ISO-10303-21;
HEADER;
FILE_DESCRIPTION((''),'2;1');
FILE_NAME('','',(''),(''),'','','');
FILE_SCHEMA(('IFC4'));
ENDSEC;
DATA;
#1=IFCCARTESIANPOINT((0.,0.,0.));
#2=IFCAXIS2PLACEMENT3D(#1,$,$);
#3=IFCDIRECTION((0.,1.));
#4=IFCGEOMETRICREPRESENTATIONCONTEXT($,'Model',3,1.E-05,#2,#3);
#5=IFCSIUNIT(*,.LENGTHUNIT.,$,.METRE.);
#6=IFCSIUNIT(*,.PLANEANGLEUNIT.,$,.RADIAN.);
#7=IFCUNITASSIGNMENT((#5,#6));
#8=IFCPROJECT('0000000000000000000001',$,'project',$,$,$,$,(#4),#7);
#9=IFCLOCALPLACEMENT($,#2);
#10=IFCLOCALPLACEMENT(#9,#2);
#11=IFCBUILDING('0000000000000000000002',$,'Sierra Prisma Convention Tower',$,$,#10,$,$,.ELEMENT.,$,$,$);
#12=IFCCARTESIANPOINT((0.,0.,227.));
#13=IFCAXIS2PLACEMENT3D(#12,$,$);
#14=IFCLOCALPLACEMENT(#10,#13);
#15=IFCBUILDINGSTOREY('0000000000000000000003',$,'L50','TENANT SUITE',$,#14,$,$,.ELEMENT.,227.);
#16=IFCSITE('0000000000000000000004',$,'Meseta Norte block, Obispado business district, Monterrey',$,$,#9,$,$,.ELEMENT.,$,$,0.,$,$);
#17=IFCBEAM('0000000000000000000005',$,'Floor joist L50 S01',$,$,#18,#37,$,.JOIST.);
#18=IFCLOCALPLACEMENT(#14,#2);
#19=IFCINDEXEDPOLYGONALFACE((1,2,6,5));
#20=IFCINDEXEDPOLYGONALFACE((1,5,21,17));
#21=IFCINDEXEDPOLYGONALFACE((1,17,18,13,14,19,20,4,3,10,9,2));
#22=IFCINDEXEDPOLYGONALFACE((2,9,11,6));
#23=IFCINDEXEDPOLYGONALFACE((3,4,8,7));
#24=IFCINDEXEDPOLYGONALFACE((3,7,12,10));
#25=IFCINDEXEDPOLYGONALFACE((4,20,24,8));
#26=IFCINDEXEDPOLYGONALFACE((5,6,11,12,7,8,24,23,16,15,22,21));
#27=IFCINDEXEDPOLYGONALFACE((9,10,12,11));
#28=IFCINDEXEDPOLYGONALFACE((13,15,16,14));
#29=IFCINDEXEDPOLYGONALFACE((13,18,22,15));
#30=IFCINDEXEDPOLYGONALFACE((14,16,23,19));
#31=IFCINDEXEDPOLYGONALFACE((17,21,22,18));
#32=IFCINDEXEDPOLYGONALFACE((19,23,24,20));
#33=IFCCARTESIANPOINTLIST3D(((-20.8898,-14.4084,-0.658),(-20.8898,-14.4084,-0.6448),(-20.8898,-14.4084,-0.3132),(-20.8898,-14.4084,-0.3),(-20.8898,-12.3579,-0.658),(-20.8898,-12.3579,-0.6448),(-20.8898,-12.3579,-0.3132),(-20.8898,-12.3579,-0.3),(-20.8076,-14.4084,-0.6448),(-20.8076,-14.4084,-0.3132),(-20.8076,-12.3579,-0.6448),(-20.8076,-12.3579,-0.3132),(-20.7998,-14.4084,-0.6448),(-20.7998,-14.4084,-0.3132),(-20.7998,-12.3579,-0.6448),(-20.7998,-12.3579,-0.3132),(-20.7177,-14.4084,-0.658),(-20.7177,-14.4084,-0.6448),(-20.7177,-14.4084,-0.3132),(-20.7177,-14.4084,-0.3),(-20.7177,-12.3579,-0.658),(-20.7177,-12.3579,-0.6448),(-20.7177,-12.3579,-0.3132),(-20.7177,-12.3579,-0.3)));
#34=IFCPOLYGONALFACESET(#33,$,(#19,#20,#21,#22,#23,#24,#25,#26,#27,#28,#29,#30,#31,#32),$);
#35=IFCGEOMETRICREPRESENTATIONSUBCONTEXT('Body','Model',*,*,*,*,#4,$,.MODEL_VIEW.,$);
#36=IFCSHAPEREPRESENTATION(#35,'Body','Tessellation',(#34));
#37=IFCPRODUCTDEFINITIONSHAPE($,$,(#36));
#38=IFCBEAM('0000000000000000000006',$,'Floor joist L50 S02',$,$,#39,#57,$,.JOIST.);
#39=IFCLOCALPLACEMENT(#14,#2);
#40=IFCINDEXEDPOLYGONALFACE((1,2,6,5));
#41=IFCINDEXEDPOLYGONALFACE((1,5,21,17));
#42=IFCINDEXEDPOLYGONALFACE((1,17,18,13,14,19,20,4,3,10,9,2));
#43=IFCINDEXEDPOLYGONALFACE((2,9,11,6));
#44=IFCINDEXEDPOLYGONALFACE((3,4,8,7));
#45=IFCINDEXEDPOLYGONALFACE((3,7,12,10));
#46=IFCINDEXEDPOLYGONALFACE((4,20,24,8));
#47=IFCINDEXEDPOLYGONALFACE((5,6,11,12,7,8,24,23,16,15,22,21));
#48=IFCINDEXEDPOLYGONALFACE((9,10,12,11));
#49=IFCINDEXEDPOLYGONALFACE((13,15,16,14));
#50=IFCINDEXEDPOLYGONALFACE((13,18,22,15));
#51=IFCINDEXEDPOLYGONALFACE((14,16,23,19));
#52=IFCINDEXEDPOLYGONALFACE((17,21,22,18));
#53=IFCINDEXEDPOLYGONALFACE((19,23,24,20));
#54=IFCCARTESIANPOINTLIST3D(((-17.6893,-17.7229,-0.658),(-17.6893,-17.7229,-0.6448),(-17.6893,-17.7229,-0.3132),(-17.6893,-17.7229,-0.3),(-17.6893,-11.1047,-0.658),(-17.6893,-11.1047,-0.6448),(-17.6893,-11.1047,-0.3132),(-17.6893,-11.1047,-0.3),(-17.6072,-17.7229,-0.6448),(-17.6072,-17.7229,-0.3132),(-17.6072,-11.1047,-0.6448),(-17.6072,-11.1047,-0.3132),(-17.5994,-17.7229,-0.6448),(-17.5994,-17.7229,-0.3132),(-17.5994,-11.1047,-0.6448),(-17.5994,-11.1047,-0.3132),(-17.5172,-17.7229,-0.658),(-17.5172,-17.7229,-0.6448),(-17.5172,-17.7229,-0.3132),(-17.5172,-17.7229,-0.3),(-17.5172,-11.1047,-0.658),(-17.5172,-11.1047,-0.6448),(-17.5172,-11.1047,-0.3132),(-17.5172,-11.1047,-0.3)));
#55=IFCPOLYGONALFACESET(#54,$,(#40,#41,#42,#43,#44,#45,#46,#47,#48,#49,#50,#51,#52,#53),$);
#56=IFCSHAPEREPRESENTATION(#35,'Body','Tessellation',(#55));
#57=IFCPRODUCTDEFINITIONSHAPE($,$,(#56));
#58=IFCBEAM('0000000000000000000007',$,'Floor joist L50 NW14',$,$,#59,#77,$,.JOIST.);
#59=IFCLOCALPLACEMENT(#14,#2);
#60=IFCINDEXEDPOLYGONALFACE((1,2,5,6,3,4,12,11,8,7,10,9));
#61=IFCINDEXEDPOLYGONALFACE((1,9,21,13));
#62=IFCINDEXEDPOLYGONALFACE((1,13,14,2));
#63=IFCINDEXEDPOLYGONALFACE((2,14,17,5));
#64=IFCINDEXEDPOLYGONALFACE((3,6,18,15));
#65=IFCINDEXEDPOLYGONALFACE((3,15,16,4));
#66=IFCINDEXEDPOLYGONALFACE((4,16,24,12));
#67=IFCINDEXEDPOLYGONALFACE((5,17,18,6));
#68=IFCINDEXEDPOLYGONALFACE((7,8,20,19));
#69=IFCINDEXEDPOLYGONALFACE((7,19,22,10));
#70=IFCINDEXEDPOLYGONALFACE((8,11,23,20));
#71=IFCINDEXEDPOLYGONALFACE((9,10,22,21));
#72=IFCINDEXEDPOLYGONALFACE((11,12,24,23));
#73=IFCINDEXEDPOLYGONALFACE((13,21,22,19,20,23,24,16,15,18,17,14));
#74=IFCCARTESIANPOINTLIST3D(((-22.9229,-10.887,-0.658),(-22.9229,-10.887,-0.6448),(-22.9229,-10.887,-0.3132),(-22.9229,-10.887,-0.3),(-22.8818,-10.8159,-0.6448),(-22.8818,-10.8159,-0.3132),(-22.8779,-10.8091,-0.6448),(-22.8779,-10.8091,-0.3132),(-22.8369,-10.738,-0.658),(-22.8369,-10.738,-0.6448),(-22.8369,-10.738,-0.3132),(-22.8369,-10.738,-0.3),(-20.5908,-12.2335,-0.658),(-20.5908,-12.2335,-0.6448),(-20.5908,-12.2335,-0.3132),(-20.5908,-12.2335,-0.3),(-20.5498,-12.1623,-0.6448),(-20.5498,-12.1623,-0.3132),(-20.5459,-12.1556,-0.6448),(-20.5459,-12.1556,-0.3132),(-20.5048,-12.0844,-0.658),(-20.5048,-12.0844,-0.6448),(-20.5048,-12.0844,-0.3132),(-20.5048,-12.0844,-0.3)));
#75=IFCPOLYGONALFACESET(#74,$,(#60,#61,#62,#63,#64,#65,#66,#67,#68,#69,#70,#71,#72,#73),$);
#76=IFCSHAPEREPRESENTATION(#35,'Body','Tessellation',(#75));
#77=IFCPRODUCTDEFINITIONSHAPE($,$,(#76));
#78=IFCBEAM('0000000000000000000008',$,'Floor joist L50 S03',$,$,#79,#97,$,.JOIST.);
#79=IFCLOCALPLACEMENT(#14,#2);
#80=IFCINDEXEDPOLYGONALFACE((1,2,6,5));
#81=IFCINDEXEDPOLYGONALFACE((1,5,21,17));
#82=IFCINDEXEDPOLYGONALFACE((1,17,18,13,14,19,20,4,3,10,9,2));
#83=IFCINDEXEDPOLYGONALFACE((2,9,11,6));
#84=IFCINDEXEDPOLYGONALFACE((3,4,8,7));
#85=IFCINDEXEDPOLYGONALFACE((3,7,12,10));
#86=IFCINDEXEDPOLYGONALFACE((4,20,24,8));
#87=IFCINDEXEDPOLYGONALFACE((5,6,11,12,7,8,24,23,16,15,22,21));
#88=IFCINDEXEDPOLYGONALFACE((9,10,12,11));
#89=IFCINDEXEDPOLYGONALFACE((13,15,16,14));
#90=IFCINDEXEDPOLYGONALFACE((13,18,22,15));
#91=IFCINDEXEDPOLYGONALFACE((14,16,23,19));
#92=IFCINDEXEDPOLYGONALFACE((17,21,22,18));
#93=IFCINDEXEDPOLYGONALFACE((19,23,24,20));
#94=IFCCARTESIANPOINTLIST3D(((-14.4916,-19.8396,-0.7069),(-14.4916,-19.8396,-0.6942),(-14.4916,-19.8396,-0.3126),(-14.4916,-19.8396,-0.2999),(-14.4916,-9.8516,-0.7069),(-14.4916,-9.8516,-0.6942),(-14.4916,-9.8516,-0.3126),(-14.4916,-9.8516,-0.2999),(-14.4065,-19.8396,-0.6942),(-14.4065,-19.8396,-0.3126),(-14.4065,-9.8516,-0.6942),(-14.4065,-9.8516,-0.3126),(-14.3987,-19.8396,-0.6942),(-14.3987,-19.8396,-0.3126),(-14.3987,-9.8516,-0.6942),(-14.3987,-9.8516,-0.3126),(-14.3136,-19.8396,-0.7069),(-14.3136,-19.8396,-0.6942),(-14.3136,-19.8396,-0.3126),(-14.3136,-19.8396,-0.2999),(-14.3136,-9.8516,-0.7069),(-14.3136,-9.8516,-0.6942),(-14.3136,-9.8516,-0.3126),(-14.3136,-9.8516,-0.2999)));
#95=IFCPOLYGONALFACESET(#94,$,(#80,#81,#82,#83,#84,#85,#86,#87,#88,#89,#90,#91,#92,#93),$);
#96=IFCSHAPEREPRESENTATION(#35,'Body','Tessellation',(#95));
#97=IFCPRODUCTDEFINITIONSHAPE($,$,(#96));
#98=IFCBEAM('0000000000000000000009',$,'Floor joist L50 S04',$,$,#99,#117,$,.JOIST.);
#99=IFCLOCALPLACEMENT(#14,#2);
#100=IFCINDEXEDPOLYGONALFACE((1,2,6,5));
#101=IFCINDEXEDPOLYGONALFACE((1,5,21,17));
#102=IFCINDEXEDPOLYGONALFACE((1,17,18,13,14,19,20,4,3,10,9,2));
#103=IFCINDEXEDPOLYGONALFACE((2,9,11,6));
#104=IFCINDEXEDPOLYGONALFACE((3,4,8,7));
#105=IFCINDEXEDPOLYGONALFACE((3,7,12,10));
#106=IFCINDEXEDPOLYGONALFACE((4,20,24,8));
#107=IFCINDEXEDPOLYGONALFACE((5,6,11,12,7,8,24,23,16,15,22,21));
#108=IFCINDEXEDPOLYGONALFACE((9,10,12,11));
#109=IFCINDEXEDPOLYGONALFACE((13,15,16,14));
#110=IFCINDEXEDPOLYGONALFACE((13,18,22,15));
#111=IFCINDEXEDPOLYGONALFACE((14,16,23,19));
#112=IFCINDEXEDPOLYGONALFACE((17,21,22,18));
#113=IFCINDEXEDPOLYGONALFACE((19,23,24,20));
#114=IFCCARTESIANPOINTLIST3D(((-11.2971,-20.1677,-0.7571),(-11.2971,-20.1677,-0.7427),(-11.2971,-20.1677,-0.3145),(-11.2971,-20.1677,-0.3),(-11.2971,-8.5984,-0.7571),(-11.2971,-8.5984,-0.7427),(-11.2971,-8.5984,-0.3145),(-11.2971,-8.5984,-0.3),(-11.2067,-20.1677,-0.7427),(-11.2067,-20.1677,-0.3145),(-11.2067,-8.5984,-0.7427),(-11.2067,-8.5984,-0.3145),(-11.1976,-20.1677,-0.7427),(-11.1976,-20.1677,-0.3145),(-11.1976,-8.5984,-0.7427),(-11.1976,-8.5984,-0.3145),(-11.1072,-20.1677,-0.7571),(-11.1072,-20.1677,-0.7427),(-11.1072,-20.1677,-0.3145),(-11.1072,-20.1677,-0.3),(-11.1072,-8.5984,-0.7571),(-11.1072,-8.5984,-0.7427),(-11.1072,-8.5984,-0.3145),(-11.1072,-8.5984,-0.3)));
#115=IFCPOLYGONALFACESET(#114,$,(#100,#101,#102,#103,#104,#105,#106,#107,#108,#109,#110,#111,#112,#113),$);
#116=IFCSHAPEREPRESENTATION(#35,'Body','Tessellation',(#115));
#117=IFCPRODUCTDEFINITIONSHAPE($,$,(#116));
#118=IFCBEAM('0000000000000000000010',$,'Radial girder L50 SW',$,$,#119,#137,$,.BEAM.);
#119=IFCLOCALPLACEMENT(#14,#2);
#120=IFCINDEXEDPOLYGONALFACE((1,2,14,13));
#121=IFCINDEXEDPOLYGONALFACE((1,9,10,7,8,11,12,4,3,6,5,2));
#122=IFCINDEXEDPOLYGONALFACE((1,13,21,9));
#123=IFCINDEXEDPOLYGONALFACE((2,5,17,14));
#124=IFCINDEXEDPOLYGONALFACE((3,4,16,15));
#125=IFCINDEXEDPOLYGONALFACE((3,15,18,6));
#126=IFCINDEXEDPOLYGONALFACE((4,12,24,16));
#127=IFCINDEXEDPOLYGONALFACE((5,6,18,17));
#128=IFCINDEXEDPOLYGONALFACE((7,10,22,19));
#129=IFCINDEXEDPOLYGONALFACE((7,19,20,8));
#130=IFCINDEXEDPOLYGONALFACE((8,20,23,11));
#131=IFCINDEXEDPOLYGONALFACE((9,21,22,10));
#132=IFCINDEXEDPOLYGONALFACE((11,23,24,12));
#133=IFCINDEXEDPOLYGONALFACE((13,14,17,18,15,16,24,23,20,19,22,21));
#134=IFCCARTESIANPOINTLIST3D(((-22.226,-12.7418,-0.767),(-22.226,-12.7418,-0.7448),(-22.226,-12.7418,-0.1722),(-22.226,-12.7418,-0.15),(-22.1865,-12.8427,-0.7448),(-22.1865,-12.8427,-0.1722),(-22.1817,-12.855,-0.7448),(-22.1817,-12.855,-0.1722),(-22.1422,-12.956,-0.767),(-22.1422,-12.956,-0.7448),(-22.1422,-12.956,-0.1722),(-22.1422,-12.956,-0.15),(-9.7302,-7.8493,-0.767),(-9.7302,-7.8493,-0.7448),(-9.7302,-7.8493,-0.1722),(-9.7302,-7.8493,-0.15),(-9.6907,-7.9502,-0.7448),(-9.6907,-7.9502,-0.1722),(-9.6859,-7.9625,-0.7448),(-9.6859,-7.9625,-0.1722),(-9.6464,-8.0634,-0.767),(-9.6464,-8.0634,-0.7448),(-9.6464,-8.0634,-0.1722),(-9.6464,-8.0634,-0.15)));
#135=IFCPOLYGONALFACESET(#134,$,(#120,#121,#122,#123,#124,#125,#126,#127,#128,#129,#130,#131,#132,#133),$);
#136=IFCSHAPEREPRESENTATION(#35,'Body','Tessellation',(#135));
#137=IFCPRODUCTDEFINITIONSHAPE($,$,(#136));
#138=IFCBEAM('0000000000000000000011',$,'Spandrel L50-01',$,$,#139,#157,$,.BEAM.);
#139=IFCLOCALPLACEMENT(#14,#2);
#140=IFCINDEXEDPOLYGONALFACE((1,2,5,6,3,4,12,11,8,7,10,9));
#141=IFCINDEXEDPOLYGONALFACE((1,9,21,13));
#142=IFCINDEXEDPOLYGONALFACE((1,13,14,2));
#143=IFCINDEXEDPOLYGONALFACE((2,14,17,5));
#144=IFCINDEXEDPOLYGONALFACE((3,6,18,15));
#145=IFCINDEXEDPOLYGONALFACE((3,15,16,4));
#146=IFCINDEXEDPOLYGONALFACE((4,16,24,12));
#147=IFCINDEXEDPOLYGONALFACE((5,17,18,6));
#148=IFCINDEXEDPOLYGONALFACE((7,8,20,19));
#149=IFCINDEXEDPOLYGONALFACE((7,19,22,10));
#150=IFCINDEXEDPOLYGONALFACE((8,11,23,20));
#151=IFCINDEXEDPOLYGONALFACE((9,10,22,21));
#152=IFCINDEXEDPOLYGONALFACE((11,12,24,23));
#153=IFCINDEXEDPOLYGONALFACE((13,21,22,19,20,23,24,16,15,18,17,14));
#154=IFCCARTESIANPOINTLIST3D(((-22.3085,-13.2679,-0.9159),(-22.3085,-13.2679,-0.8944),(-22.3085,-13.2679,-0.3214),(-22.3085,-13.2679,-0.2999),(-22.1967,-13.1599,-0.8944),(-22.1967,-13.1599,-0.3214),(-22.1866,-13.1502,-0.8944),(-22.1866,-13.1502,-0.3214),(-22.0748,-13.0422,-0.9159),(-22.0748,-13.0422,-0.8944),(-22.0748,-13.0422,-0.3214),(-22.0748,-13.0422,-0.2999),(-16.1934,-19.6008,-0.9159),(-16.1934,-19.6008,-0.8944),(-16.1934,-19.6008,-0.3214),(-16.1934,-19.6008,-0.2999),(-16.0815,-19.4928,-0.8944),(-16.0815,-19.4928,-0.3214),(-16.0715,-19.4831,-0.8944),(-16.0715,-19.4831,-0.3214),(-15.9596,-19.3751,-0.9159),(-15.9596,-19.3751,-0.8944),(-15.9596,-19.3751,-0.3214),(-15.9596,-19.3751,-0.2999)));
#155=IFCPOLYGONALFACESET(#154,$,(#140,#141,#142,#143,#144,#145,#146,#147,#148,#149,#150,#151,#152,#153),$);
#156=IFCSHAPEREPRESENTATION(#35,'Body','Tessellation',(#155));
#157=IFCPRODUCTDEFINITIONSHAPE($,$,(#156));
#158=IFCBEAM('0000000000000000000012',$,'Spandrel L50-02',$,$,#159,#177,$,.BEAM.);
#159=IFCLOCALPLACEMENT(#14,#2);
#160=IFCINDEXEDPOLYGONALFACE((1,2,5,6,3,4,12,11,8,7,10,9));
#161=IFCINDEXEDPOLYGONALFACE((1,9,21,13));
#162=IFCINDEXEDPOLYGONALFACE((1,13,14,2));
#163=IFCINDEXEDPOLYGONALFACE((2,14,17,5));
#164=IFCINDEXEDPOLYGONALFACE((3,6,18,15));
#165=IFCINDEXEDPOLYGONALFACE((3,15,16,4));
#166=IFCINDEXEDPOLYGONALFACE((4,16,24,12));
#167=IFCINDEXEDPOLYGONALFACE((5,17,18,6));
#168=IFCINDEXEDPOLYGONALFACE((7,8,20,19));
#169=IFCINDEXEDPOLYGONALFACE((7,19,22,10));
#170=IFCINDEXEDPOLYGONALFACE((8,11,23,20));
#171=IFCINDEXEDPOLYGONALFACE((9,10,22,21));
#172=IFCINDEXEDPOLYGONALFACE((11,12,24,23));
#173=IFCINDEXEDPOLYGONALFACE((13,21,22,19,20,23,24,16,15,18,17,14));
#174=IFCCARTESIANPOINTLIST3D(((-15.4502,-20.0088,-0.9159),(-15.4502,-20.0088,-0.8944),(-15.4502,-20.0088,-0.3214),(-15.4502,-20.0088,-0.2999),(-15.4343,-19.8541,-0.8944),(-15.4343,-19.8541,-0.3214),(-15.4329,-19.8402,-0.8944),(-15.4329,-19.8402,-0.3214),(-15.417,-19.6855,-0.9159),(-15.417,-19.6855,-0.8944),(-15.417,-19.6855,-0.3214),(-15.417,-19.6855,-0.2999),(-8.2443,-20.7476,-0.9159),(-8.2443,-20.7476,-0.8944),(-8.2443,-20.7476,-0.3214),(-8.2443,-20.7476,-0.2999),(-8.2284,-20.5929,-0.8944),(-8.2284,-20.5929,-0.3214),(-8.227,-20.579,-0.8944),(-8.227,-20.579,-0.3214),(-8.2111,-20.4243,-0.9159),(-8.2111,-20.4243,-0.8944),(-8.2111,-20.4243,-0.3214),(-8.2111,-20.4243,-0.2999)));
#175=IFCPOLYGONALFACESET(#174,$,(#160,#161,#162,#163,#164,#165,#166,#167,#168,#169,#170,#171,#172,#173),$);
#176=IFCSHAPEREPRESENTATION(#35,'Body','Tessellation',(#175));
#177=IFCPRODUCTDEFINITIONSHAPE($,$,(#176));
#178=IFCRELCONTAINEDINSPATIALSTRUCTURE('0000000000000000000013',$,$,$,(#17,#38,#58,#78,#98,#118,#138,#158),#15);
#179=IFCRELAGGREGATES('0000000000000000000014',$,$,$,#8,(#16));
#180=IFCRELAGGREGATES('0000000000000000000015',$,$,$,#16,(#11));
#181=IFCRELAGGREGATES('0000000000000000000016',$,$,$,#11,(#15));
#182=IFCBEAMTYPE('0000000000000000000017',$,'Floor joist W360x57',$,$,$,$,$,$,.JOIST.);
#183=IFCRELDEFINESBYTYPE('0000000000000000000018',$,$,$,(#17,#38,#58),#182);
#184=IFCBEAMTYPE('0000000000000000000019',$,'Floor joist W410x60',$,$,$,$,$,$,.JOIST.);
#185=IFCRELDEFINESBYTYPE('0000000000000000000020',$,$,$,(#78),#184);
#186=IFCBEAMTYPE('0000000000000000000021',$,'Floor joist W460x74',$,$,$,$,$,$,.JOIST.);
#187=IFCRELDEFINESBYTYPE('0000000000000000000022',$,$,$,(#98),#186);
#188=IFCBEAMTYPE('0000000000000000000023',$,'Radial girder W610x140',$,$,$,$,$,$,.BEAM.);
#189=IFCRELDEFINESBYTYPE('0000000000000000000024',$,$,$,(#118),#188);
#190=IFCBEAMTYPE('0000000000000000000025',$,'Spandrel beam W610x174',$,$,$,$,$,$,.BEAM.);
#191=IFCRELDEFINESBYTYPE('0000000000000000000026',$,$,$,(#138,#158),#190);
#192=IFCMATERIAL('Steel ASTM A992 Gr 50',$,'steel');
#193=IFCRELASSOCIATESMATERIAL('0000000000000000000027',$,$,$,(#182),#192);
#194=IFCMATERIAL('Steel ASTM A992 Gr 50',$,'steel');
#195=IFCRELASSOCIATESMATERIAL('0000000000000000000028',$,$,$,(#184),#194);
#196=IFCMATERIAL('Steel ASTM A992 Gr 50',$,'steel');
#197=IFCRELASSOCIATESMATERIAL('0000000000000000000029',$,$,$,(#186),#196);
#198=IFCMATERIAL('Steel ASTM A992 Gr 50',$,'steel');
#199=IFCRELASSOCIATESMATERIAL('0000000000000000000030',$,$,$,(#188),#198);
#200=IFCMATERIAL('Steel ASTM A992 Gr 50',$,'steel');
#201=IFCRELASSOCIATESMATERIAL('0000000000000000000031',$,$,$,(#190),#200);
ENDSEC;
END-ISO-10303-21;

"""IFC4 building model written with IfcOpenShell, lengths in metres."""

from ifc_helpers import new_model, si_unit, direction, frame, origin, origin_2d, place, context, subcontext, project, spatial, i_section, extrude, material, material_profile, profile_set, type_object, element, save


model = new_model("IFC4")

# Units and contexts
model_context = context("Model", 3, precision=1e-05, world=origin(), true_north=direction((0.0, 1.0)))
body_context = subcontext(model_context, "Body", "Model", "MODEL_VIEW")
ifc_project = project(units=[si_unit("LENGTHUNIT", "METRE"), si_unit("PLANEANGLEUNIT", "RADIAN")], contexts=[model_context])

# Site, building, storey
site_placement = place(None, origin())
site = spatial("IfcSite", under=ifc_project, at=site_placement, Name="Meseta Norte block, Obispado business district, Monterrey", CompositionType="ELEMENT", RefElevation=0.0)
building_placement = place(site_placement, origin())
building = spatial("IfcBuilding", under=site, at=building_placement, Name="Sierra Prisma Convention Tower", CompositionType="ELEMENT")
storey_placement = place(building_placement, frame((0.0, 0.0, 227.0)))
storey = spatial("IfcBuildingStorey", under=building, at=storey_placement, Name="L50", Description="TENANT SUITE", CompositionType="ELEMENT", Elevation=227.0)

# Beams
ifc_material_1 = material(Name="Steel ASTM A992 Gr 50", Category="steel")
ifc_material_profile_1 = material_profile(ifc_material_1, i_section(OverallWidth=0.1721, OverallDepth=0.3579, WebThickness=0.0078, FlangeThickness=0.0132, at=origin_2d()), Name="W360x57")
ifc_profile_set_1 = profile_set([ifc_material_profile_1], Name="Steel ASTM A992 Gr 50")
beam_type_1 = type_object("IfcBeamType", Name="Floor joist W360x57", PredefinedType="JOIST", material=ifc_profile_set_1)
beam_1_placement = place(storey_placement, frame((-20.8037, -14.4084, -0.479), z_axis=(0.0, 1.0, 0.0), x_axis=(-1.0, 0.0, 0.0)))
element("IfcBeam", 1, at=beam_1_placement, inside=storey, type_object=beam_type_1, Name="Floor joist L50 S01", PredefinedType="JOIST", context=body_context, shape_type="SweptSolid", body=[
    extrude(i_section(OverallWidth=0.1721, OverallDepth=0.3579, WebThickness=0.0078, FlangeThickness=0.0132, at=origin_2d()), origin(), (0.0, 0.0, 1.0), 2.0505),
])
beam_2_placement = place(storey_placement, frame((-17.6033, -17.7229, -0.479), z_axis=(0.0, 1.0, 0.0), x_axis=(-1.0, 0.0, 0.0)))
element("IfcBeam", 2, at=beam_2_placement, inside=storey, type_object=beam_type_1, Name="Floor joist L50 S02", PredefinedType="JOIST", context=body_context, shape_type="SweptSolid", body=[
    extrude(i_section(OverallWidth=0.1721, OverallDepth=0.3579, WebThickness=0.0078, FlangeThickness=0.0132, at=origin_2d()), origin(), (0.0, 0.0, 1.0), 6.6182),
])
beam_3_placement = place(storey_placement, frame((-22.8799, -10.8125, -0.479), z_axis=(0.86602, -0.50001, 0.0), x_axis=(0.50001, 0.86602, 0.0)))
element("IfcBeam", 3, at=beam_3_placement, inside=storey, type_object=beam_type_1, Name="Floor joist L50 NW14", PredefinedType="JOIST", context=body_context, shape_type="SweptSolid", body=[
    extrude(i_section(OverallWidth=0.1721, OverallDepth=0.3579, WebThickness=0.0078, FlangeThickness=0.0132, at=origin_2d()), origin(), (0.0, 0.0, 1.0), 2.6929),
])
ifc_material_2 = material(Name="Steel ASTM A992 Gr 50", Category="steel")
ifc_material_profile_2 = material_profile(ifc_material_2, i_section(OverallWidth=0.178, OverallDepth=0.407, WebThickness=0.0078, FlangeThickness=0.0127, at=origin_2d()), Name="W410x60")
ifc_profile_set_2 = profile_set([ifc_material_profile_2], Name="Steel ASTM A992 Gr 50")
beam_type_2 = type_object("IfcBeamType", Name="Floor joist W410x60", PredefinedType="JOIST", material=ifc_profile_set_2)
beam_4_placement = place(storey_placement, frame((-14.4026, -19.8396, -0.5034), z_axis=(0.0, 1.0, 0.0), x_axis=(-1.0, 0.0, 0.0)))
element("IfcBeam", 4, at=beam_4_placement, inside=storey, type_object=beam_type_2, Name="Floor joist L50 S03", PredefinedType="JOIST", context=body_context, shape_type="SweptSolid", body=[
    extrude(i_section(OverallWidth=0.178, OverallDepth=0.407, WebThickness=0.0078, FlangeThickness=0.0127, at=origin_2d()), origin(), (0.0, 0.0, 1.0), 9.988),
])
ifc_material_3 = material(Name="Steel ASTM A992 Gr 50", Category="steel")
ifc_material_profile_3 = material_profile(ifc_material_3, i_section(OverallWidth=0.1899, OverallDepth=0.457, WebThickness=0.009, FlangeThickness=0.0144, at=origin_2d()), Name="W460x74")
ifc_profile_set_3 = profile_set([ifc_material_profile_3], Name="Steel ASTM A992 Gr 50")
beam_type_3 = type_object("IfcBeamType", Name="Floor joist W460x74", PredefinedType="JOIST", material=ifc_profile_set_3)
beam_5_placement = place(storey_placement, frame((-11.2021, -20.1677, -0.5286), z_axis=(0.0, 1.0, 0.0), x_axis=(-1.0, 0.0, 0.0)))
element("IfcBeam", 5, at=beam_5_placement, inside=storey, type_object=beam_type_3, Name="Floor joist L50 S04", PredefinedType="JOIST", context=body_context, shape_type="SweptSolid", body=[
    extrude(i_section(OverallWidth=0.1899, OverallDepth=0.457, WebThickness=0.009, FlangeThickness=0.0144, at=origin_2d()), origin(), (0.0, 0.0, 1.0), 11.5693),
])
ifc_material_4 = material(Name="Steel ASTM A992 Gr 50", Category="steel")
ifc_material_profile_4 = material_profile(ifc_material_4, i_section(OverallWidth=0.23, OverallDepth=0.6169, WebThickness=0.0132, FlangeThickness=0.0222, at=origin_2d()), Name="W610x140")
ifc_profile_set_4 = profile_set([ifc_material_profile_4], Name="Steel ASTM A992 Gr 50")
beam_type_4 = type_object("IfcBeamType", Name="Radial girder W610x140", PredefinedType="BEAM", material=ifc_profile_set_4)
beam_6_placement = place(storey_placement, frame((-22.1841, -12.8489, -0.4585), z_axis=(0.931169, 0.364587, 0.0), x_axis=(-0.364587, 0.931169, 0.0)))
element("IfcBeam", 6, at=beam_6_placement, inside=storey, type_object=beam_type_4, Name="Radial girder L50 SW", PredefinedType="BEAM", context=body_context, shape_type="SweptSolid", body=[
    extrude(i_section(OverallWidth=0.23, OverallDepth=0.6169, WebThickness=0.0132, FlangeThickness=0.0222, at=origin_2d()), origin(), (0.0, 0.0, 1.0), 13.4194),
])
ifc_material_5 = material(Name="Steel ASTM A992 Gr 50", Category="steel")
ifc_material_profile_5 = material_profile(ifc_material_5, i_section(OverallWidth=0.325, OverallDepth=0.616, WebThickness=0.0139, FlangeThickness=0.0215, at=origin_2d()), Name="W610x174")
ifc_profile_set_5 = profile_set([ifc_material_profile_5], Name="Steel ASTM A992 Gr 50")
beam_type_5 = type_object("IfcBeamType", Name="Spandrel beam W610x174", PredefinedType="BEAM", material=ifc_profile_set_5)
beam_7_placement = place(storey_placement, frame((-22.1917, -13.155, -0.6079), z_axis=(0.69463, -0.719367, 0.0), x_axis=(0.719367, 0.69463, 0.0)))
element("IfcBeam", 7, at=beam_7_placement, inside=storey, type_object=beam_type_5, Name="Spandrel L50-01", PredefinedType="BEAM", context=body_context, shape_type="SweptSolid", body=[
    extrude(i_section(OverallWidth=0.325, OverallDepth=0.616, WebThickness=0.0139, FlangeThickness=0.0215, at=origin_2d()), origin(), (0.0, 0.0, 1.0), 8.8035),
])
beam_8_placement = place(storey_placement, frame((-15.4336, -19.8472, -0.6079), z_axis=(0.994785, -0.10199, 0.0), x_axis=(0.10199, 0.994785, 0.0)))
element("IfcBeam", 8, at=beam_8_placement, inside=storey, type_object=beam_type_5, Name="Spandrel L50-02", PredefinedType="BEAM", context=body_context, shape_type="SweptSolid", body=[
    extrude(i_section(OverallWidth=0.325, OverallDepth=0.616, WebThickness=0.0139, FlangeThickness=0.0215, at=origin_2d()), origin(), (0.0, 0.0, 1.0), 7.2437),
])

save(model, "model.ifc")
